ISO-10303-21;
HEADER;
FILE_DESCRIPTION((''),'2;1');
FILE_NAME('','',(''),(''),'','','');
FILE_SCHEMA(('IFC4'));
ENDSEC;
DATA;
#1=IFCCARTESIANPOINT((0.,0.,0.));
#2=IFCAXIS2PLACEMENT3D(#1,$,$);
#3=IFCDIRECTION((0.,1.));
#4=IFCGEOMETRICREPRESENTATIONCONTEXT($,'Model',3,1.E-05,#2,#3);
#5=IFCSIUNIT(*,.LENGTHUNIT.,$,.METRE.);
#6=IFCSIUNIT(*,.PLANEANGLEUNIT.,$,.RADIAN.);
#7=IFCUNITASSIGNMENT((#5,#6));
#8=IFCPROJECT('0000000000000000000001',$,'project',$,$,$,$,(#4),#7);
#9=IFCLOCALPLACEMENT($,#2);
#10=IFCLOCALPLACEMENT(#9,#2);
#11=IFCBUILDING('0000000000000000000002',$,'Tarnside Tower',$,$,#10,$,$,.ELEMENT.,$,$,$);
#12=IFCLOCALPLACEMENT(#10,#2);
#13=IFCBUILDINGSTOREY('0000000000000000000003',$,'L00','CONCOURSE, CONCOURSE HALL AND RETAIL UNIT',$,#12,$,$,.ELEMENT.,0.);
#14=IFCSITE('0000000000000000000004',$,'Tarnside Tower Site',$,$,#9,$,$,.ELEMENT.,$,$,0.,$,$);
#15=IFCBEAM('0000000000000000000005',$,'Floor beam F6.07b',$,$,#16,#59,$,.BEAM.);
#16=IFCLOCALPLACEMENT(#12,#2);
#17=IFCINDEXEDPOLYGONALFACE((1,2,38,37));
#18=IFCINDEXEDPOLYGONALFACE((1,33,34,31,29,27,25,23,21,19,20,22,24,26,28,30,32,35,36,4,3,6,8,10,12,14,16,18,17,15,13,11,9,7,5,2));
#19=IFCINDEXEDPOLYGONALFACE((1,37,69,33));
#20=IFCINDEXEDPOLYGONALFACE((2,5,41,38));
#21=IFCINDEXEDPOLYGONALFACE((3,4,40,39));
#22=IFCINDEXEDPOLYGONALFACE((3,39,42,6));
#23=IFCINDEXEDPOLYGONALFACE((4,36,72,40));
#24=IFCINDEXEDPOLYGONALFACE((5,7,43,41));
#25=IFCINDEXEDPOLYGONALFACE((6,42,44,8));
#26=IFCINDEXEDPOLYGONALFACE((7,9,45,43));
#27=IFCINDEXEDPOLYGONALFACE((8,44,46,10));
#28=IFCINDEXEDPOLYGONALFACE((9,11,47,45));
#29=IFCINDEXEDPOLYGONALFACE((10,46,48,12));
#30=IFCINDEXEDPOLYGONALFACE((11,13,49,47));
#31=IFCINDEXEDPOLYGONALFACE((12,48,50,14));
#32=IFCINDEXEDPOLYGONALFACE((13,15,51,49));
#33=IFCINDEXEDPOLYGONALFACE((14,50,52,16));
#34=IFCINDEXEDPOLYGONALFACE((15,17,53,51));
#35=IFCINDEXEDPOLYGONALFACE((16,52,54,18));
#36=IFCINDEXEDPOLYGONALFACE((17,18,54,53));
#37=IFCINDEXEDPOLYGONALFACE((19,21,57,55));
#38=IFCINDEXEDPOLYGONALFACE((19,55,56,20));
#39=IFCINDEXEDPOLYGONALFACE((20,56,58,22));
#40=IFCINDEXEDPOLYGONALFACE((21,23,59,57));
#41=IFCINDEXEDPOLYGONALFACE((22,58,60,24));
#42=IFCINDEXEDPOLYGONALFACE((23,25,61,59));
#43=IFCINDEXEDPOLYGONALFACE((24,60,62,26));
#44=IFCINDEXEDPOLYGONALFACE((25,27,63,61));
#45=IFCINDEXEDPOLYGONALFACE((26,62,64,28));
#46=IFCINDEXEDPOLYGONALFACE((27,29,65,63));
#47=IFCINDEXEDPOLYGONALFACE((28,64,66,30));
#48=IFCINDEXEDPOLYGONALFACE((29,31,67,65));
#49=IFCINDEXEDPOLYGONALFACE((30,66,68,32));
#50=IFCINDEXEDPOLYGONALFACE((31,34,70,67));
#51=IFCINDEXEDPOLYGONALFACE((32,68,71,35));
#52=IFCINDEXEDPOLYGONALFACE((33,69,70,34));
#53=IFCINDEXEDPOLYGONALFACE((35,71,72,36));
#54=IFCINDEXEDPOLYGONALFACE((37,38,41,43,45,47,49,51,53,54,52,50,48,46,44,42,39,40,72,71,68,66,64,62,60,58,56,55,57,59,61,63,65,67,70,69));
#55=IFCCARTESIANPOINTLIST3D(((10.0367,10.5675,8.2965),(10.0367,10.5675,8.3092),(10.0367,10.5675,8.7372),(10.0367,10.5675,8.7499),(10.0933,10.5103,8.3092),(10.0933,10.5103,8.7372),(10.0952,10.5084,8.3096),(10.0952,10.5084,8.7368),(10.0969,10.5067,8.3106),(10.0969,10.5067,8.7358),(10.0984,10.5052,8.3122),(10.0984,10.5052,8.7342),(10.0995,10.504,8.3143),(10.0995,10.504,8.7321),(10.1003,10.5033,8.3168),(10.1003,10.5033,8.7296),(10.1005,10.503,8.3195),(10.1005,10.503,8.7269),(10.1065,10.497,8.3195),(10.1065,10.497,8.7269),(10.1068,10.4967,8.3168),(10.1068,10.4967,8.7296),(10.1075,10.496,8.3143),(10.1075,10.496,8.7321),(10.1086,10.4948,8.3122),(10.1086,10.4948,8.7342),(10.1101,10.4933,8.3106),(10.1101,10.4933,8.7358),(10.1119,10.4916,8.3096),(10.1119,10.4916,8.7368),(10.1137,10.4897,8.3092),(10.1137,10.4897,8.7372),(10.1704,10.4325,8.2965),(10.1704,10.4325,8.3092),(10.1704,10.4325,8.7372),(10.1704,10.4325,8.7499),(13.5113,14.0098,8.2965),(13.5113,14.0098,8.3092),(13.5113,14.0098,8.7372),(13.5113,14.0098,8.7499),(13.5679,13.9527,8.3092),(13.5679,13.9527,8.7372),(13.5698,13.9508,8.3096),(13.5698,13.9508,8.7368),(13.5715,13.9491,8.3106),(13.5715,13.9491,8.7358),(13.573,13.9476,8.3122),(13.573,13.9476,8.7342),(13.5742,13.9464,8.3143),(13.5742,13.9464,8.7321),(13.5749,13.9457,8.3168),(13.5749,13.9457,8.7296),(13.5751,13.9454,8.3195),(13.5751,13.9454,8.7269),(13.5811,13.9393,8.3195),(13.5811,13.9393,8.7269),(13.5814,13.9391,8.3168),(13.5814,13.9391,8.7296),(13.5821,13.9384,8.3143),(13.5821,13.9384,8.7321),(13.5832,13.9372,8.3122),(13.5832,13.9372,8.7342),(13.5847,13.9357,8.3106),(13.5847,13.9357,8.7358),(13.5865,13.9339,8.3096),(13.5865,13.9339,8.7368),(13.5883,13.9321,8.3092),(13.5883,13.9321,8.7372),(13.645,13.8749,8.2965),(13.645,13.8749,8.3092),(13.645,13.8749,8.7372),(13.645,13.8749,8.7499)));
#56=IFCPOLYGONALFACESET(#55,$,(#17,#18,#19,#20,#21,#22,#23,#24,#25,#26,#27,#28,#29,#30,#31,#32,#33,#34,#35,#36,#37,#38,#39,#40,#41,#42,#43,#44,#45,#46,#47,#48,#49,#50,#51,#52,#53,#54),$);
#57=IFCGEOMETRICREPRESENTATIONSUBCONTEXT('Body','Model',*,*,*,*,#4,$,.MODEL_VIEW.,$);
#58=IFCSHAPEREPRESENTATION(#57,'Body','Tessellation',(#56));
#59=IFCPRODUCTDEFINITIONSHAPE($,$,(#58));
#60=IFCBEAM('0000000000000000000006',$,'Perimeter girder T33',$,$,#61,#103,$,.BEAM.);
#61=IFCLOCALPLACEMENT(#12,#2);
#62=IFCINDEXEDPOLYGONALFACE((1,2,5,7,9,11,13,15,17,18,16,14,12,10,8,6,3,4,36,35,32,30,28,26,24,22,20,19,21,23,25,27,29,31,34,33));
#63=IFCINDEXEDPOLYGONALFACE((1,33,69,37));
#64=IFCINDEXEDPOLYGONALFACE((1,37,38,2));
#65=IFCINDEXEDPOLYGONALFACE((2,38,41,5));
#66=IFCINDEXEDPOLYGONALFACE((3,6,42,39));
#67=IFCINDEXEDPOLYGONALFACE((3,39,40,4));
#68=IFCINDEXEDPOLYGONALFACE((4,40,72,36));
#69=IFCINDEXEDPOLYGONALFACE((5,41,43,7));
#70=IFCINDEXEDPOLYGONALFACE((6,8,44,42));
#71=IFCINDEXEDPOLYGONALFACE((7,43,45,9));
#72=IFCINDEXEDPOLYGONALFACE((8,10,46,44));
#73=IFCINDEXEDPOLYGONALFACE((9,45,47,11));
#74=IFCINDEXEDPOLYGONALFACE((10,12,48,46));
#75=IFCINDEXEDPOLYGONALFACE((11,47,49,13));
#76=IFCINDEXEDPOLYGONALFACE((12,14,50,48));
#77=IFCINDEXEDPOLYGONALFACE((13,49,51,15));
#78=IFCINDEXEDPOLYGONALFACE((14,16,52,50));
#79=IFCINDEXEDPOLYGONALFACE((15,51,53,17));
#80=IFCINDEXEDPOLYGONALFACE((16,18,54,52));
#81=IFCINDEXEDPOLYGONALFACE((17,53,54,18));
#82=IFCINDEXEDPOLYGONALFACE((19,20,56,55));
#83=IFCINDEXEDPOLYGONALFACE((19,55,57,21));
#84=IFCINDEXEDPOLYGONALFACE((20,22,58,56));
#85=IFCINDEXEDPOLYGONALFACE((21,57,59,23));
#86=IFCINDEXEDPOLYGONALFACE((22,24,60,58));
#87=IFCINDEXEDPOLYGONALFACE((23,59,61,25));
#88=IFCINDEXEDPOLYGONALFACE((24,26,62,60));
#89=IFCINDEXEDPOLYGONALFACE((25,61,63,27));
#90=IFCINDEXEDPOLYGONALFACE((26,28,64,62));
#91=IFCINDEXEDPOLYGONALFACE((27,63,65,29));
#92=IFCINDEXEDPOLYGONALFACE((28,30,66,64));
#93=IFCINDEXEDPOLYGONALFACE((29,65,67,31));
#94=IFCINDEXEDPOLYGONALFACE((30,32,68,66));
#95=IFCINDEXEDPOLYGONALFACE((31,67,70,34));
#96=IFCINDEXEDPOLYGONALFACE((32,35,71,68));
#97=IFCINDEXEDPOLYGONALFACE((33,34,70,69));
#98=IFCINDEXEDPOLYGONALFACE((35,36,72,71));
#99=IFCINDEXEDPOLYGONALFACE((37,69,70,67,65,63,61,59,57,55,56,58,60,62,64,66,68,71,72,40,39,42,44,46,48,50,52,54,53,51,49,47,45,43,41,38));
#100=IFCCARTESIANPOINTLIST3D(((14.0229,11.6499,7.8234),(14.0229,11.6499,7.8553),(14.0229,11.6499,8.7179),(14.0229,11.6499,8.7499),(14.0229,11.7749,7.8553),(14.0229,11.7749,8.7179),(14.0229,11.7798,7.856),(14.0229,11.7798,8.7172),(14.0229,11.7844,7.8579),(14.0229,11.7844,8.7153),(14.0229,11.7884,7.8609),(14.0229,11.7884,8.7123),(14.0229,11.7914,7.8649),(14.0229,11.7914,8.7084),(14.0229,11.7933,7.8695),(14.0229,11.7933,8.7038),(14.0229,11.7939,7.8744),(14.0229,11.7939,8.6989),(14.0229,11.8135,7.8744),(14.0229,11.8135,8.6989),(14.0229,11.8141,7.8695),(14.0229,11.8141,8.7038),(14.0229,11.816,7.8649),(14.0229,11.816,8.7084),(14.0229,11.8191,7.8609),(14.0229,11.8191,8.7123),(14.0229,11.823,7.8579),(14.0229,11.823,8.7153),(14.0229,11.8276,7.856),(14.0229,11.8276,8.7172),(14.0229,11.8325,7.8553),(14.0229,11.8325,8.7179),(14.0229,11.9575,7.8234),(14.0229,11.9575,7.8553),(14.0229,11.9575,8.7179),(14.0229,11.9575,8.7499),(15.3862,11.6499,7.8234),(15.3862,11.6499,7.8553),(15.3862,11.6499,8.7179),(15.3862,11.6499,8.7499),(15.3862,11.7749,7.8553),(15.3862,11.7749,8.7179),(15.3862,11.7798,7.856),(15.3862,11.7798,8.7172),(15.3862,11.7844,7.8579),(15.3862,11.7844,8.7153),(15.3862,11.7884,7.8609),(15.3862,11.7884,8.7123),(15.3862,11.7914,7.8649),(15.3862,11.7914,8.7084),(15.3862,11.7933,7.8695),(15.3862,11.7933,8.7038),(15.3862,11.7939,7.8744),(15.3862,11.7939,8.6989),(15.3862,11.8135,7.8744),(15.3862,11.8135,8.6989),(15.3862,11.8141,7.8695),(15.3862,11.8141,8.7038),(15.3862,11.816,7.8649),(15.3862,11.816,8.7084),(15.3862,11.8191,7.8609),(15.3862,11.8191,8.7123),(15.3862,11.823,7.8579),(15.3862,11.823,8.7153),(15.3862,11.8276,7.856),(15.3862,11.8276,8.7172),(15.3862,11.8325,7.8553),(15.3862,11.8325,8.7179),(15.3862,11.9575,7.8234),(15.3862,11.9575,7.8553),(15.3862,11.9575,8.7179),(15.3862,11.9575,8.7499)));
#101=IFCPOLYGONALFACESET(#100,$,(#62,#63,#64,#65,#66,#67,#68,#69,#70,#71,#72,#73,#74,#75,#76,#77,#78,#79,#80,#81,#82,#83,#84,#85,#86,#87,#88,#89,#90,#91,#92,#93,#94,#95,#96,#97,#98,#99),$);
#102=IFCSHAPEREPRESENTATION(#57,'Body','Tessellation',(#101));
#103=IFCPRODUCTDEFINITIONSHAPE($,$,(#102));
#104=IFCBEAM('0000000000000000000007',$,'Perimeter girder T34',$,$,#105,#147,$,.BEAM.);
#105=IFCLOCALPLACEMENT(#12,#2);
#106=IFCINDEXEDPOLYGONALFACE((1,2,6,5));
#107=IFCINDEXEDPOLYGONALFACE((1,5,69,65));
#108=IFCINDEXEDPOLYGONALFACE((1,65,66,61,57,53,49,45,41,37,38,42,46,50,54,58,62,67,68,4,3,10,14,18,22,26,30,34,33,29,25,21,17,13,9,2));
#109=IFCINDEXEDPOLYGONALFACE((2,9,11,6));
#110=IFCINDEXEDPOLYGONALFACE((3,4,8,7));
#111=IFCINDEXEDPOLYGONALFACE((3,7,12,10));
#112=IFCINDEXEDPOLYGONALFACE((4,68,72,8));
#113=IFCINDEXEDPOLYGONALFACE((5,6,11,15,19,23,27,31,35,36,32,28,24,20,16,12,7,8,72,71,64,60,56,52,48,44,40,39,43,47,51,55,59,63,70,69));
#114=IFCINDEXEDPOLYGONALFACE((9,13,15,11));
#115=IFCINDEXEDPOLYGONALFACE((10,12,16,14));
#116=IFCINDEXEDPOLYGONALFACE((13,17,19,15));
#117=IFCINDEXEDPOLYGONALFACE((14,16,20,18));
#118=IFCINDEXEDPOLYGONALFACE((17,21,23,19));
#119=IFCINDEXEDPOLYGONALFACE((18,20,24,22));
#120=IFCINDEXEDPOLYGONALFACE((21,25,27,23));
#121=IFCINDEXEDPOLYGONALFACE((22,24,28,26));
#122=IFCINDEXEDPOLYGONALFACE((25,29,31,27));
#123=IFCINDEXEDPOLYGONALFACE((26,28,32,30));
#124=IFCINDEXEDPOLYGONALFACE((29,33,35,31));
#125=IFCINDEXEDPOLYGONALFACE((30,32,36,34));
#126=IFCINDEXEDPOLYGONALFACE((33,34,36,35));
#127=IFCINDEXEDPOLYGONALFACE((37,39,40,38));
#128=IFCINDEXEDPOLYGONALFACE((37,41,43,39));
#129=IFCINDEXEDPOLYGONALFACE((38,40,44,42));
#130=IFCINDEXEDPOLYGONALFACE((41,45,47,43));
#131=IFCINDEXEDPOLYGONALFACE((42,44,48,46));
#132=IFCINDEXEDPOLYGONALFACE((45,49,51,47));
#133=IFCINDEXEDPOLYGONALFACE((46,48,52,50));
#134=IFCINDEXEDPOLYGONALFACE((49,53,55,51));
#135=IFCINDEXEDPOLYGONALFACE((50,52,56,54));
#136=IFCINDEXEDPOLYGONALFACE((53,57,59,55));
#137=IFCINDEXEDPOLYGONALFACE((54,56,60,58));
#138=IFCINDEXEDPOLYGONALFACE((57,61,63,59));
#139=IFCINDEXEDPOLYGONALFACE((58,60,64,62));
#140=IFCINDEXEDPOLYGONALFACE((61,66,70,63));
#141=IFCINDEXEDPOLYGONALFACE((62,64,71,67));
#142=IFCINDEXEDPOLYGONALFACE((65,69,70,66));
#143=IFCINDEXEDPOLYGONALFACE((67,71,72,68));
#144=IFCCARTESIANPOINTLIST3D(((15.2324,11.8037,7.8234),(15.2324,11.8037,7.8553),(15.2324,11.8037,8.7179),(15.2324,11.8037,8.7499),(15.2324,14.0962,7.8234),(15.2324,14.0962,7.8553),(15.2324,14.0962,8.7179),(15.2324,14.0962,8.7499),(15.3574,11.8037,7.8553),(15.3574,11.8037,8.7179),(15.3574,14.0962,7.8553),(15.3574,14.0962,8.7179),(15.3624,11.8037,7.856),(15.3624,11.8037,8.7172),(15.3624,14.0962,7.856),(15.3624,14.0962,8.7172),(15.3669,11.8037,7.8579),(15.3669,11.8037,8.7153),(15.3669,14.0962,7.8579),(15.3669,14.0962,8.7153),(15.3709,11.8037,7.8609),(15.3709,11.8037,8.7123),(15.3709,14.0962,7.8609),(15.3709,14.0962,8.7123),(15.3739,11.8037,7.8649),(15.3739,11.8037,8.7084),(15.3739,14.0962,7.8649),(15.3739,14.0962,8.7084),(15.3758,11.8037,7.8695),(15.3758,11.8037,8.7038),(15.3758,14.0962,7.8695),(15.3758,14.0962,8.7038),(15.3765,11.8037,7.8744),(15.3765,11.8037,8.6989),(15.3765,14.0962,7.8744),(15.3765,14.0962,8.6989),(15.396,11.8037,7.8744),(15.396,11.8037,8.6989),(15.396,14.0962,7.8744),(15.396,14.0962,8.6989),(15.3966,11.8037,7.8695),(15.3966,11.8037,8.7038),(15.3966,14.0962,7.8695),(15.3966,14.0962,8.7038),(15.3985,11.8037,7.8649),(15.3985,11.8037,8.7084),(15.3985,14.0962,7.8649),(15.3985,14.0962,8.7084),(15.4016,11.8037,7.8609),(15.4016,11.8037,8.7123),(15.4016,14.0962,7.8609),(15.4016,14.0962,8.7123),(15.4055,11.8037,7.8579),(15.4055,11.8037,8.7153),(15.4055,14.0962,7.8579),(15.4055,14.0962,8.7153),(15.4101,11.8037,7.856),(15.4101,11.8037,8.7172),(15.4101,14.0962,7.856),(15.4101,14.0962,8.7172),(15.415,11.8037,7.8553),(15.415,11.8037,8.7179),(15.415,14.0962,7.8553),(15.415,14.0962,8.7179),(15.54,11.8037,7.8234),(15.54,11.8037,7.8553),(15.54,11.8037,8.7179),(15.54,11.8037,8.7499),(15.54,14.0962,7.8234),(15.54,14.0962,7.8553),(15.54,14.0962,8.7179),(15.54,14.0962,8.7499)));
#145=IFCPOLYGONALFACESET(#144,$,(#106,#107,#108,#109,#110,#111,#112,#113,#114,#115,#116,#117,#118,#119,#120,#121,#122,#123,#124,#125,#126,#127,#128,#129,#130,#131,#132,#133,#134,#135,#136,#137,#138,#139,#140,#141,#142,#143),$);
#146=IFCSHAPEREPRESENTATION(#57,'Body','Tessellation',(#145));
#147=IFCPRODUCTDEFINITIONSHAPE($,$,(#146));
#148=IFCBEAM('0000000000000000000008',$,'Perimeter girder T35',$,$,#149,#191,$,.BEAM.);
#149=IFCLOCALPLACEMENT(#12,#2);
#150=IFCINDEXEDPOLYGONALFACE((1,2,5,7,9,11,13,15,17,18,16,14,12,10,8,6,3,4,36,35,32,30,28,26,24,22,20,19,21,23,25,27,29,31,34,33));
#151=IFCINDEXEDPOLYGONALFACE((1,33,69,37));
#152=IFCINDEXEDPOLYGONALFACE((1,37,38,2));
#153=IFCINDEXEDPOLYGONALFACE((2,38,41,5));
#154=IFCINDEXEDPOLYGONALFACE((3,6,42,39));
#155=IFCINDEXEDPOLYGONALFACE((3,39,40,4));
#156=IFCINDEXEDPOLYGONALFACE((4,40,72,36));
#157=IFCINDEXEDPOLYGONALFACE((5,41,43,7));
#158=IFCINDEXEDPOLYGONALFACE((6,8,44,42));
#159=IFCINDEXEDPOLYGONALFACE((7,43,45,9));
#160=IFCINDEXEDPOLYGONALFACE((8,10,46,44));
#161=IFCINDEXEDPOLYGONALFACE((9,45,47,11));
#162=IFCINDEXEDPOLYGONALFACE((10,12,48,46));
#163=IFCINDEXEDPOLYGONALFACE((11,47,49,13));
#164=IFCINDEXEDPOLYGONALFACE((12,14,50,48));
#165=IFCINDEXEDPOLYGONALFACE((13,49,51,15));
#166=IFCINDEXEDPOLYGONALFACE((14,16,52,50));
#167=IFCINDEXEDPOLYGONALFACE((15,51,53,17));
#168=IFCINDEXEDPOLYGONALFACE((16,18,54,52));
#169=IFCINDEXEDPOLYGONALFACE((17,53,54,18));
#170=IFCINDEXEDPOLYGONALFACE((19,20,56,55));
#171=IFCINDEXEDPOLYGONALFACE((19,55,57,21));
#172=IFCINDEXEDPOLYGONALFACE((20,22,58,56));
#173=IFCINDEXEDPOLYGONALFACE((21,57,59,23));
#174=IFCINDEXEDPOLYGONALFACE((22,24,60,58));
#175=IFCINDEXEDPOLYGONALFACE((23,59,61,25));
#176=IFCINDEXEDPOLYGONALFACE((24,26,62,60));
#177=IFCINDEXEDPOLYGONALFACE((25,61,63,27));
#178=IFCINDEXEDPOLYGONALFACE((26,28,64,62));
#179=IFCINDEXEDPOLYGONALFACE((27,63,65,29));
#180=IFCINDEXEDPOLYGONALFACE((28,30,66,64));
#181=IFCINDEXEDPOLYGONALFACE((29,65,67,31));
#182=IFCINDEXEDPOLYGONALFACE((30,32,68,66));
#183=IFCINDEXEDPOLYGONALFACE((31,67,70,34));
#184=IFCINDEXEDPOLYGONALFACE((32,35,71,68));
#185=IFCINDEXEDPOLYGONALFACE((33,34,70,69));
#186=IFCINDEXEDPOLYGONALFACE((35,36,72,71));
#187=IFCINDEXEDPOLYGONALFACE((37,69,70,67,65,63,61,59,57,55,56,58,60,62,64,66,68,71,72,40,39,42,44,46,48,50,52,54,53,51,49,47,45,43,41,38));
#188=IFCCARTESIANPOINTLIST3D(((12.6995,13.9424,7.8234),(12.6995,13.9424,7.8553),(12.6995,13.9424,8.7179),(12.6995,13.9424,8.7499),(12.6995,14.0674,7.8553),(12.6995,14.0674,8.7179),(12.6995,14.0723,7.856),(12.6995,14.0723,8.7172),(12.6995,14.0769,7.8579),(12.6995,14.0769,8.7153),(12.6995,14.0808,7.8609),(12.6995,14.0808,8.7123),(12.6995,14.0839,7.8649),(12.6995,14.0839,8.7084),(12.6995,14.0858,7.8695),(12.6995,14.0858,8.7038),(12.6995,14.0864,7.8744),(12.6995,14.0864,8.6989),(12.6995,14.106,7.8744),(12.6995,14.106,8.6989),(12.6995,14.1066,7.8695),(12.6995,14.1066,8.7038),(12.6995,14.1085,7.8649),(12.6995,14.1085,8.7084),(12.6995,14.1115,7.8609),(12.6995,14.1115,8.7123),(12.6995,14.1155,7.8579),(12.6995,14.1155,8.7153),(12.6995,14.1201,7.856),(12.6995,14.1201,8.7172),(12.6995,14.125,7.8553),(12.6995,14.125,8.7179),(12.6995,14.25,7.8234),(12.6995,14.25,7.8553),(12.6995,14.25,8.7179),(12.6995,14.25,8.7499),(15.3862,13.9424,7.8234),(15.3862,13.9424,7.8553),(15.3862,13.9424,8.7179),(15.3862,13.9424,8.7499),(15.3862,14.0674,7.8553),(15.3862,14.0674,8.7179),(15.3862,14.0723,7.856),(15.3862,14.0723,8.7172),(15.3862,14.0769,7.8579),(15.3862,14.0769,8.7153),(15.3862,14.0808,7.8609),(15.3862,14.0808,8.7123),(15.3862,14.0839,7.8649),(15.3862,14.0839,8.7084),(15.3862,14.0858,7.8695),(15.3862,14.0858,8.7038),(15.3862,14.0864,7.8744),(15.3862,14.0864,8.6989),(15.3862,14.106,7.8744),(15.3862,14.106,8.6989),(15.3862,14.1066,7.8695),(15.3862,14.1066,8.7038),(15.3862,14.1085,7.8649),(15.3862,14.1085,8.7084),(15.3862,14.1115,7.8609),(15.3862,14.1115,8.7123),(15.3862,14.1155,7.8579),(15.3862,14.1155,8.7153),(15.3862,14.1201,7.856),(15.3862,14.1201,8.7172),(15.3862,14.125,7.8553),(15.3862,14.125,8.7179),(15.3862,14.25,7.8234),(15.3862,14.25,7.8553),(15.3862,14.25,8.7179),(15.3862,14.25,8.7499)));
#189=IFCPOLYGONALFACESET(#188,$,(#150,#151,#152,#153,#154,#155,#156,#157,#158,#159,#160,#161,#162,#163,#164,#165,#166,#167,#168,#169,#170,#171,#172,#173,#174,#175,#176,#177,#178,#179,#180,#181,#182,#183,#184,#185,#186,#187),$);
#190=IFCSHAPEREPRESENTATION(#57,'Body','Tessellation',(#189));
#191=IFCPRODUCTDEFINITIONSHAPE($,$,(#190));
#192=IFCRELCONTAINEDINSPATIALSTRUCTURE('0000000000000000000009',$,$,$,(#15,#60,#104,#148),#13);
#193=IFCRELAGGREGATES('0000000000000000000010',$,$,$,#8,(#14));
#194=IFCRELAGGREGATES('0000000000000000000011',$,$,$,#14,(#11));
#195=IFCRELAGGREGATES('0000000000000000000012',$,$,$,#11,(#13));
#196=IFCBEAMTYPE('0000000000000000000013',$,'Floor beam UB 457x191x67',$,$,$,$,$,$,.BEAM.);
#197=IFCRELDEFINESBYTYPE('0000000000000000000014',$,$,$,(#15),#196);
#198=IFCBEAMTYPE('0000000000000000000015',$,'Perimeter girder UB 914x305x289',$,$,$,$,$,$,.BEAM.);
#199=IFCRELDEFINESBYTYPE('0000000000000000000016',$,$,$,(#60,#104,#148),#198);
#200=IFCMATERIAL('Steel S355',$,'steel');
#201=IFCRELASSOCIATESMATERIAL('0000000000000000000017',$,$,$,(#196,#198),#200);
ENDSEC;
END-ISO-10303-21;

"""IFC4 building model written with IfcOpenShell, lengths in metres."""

from ifc_helpers import new_model, si_unit, direction, frame, origin, origin_2d, place, context, subcontext, project, spatial, i_section, extrude, material, material_profile, profile_set, type_object, element, save


model = new_model("IFC4")

# Units and contexts
model_context = context("Model", 3, precision=1e-05, world=origin(), true_north=direction((0.0, 1.0)))
body_context = subcontext(model_context, "Body", "Model", "MODEL_VIEW")
ifc_project = project(units=[si_unit("LENGTHUNIT", "METRE"), si_unit("PLANEANGLEUNIT", "RADIAN")], contexts=[model_context])

# Site, building, storey
site_placement = place(None, origin())
site = spatial("IfcSite", under=ifc_project, at=site_placement, Name="Tarnside Tower Site", CompositionType="ELEMENT", RefElevation=0.0)
building_placement = place(site_placement, origin())
building = spatial("IfcBuilding", under=site, at=building_placement, Name="Tarnside Tower", CompositionType="ELEMENT")
storey_placement = place(building_placement, origin())
storey = spatial("IfcBuildingStorey", under=building, at=storey_placement, Name="L00", Description="CONCOURSE, CONCOURSE HALL AND RETAIL UNIT", CompositionType="ELEMENT", Elevation=0.0)

# Beams
ifc_material_1 = material(Name="Steel S355", Category="steel")
ifc_material_profile_1 = material_profile(ifc_material_1, i_section(OverallWidth=0.1899, OverallDepth=0.4534, WebThickness=0.0085, FlangeThickness=0.0127, FilletRadius=0.0103, at=origin_2d()), Name="UB 457x191x67")
ifc_profile_set_1 = profile_set([ifc_material_profile_1], Name="Steel S355")
beam_type_1 = type_object("IfcBeamType", Name="Floor beam UB 457x191x67", PredefinedType="BEAM", material=ifc_profile_set_1)
beam_1_placement = place(storey_placement, frame((13.5781, 13.9424, 8.5232), z_axis=(-0.710394, -0.703805, 0.0), x_axis=(0.703805, -0.710394, 0.0)))
element("IfcBeam", 1, at=beam_1_placement, inside=storey, type_object=beam_type_1, Name="Floor beam F6.07b", PredefinedType="BEAM", context=body_context, shape_type="SweptSolid", body=[
    extrude(i_section(OverallWidth=0.1899, OverallDepth=0.4534, WebThickness=0.0085, FlangeThickness=0.0127, FilletRadius=0.0103, at=origin_2d()), origin(), (0.0, 0.0, 1.0), 4.8911),
])
ifc_material_profile_2 = material_profile(ifc_material_1, i_section(OverallWidth=0.3076, OverallDepth=0.9265, WebThickness=0.0195, FlangeThickness=0.032, FilletRadius=0.019, at=origin_2d()), Name="UB 914x305x289")
ifc_profile_set_2 = profile_set([ifc_material_profile_2], Name="Steel S355")
beam_type_2 = type_object("IfcBeamType", Name="Perimeter girder UB 914x305x289", PredefinedType="BEAM", material=ifc_profile_set_2)
beam_2_placement = place(storey_placement, frame((14.0229, 11.8037, 8.2866), z_axis=(1.0, 0.0, 0.0), x_axis=(0.0, 1.0, 0.0)))
element("IfcBeam", 2, at=beam_2_placement, inside=storey, type_object=beam_type_2, Name="Perimeter girder T33", PredefinedType="BEAM", context=body_context, shape_type="SweptSolid", body=[
    extrude(i_section(OverallWidth=0.3076, OverallDepth=0.9265, WebThickness=0.0195, FlangeThickness=0.032, FilletRadius=0.019, at=origin_2d()), origin(), (0.0, 0.0, 1.0), 1.3633),
])
beam_3_placement = place(storey_placement, frame((15.3862, 11.8037, 8.2866), z_axis=(0.0, 1.0, 0.0), x_axis=(-1.0, 0.0, 0.0)))
element("IfcBeam", 3, at=beam_3_placement, inside=storey, type_object=beam_type_2, Name="Perimeter girder T34", PredefinedType="BEAM", context=body_context, shape_type="SweptSolid", body=[
    extrude(i_section(OverallWidth=0.3076, OverallDepth=0.9265, WebThickness=0.0195, FlangeThickness=0.032, FilletRadius=0.019, at=origin_2d()), origin(), (0.0, 0.0, 1.0), 2.2925),
])
beam_4_placement = place(storey_placement, frame((15.3862, 14.0962, 8.2866), z_axis=(-1.0, 0.0, 0.0), x_axis=(0.0, -1.0, 0.0)))
element("IfcBeam", 4, at=beam_4_placement, inside=storey, type_object=beam_type_2, Name="Perimeter girder T35", PredefinedType="BEAM", context=body_context, shape_type="SweptSolid", body=[
    extrude(i_section(OverallWidth=0.3076, OverallDepth=0.9265, WebThickness=0.0195, FlangeThickness=0.032, FilletRadius=0.019, at=origin_2d()), origin(), (0.0, 0.0, 1.0), 2.6868),
])

save(model, "model.ifc")
